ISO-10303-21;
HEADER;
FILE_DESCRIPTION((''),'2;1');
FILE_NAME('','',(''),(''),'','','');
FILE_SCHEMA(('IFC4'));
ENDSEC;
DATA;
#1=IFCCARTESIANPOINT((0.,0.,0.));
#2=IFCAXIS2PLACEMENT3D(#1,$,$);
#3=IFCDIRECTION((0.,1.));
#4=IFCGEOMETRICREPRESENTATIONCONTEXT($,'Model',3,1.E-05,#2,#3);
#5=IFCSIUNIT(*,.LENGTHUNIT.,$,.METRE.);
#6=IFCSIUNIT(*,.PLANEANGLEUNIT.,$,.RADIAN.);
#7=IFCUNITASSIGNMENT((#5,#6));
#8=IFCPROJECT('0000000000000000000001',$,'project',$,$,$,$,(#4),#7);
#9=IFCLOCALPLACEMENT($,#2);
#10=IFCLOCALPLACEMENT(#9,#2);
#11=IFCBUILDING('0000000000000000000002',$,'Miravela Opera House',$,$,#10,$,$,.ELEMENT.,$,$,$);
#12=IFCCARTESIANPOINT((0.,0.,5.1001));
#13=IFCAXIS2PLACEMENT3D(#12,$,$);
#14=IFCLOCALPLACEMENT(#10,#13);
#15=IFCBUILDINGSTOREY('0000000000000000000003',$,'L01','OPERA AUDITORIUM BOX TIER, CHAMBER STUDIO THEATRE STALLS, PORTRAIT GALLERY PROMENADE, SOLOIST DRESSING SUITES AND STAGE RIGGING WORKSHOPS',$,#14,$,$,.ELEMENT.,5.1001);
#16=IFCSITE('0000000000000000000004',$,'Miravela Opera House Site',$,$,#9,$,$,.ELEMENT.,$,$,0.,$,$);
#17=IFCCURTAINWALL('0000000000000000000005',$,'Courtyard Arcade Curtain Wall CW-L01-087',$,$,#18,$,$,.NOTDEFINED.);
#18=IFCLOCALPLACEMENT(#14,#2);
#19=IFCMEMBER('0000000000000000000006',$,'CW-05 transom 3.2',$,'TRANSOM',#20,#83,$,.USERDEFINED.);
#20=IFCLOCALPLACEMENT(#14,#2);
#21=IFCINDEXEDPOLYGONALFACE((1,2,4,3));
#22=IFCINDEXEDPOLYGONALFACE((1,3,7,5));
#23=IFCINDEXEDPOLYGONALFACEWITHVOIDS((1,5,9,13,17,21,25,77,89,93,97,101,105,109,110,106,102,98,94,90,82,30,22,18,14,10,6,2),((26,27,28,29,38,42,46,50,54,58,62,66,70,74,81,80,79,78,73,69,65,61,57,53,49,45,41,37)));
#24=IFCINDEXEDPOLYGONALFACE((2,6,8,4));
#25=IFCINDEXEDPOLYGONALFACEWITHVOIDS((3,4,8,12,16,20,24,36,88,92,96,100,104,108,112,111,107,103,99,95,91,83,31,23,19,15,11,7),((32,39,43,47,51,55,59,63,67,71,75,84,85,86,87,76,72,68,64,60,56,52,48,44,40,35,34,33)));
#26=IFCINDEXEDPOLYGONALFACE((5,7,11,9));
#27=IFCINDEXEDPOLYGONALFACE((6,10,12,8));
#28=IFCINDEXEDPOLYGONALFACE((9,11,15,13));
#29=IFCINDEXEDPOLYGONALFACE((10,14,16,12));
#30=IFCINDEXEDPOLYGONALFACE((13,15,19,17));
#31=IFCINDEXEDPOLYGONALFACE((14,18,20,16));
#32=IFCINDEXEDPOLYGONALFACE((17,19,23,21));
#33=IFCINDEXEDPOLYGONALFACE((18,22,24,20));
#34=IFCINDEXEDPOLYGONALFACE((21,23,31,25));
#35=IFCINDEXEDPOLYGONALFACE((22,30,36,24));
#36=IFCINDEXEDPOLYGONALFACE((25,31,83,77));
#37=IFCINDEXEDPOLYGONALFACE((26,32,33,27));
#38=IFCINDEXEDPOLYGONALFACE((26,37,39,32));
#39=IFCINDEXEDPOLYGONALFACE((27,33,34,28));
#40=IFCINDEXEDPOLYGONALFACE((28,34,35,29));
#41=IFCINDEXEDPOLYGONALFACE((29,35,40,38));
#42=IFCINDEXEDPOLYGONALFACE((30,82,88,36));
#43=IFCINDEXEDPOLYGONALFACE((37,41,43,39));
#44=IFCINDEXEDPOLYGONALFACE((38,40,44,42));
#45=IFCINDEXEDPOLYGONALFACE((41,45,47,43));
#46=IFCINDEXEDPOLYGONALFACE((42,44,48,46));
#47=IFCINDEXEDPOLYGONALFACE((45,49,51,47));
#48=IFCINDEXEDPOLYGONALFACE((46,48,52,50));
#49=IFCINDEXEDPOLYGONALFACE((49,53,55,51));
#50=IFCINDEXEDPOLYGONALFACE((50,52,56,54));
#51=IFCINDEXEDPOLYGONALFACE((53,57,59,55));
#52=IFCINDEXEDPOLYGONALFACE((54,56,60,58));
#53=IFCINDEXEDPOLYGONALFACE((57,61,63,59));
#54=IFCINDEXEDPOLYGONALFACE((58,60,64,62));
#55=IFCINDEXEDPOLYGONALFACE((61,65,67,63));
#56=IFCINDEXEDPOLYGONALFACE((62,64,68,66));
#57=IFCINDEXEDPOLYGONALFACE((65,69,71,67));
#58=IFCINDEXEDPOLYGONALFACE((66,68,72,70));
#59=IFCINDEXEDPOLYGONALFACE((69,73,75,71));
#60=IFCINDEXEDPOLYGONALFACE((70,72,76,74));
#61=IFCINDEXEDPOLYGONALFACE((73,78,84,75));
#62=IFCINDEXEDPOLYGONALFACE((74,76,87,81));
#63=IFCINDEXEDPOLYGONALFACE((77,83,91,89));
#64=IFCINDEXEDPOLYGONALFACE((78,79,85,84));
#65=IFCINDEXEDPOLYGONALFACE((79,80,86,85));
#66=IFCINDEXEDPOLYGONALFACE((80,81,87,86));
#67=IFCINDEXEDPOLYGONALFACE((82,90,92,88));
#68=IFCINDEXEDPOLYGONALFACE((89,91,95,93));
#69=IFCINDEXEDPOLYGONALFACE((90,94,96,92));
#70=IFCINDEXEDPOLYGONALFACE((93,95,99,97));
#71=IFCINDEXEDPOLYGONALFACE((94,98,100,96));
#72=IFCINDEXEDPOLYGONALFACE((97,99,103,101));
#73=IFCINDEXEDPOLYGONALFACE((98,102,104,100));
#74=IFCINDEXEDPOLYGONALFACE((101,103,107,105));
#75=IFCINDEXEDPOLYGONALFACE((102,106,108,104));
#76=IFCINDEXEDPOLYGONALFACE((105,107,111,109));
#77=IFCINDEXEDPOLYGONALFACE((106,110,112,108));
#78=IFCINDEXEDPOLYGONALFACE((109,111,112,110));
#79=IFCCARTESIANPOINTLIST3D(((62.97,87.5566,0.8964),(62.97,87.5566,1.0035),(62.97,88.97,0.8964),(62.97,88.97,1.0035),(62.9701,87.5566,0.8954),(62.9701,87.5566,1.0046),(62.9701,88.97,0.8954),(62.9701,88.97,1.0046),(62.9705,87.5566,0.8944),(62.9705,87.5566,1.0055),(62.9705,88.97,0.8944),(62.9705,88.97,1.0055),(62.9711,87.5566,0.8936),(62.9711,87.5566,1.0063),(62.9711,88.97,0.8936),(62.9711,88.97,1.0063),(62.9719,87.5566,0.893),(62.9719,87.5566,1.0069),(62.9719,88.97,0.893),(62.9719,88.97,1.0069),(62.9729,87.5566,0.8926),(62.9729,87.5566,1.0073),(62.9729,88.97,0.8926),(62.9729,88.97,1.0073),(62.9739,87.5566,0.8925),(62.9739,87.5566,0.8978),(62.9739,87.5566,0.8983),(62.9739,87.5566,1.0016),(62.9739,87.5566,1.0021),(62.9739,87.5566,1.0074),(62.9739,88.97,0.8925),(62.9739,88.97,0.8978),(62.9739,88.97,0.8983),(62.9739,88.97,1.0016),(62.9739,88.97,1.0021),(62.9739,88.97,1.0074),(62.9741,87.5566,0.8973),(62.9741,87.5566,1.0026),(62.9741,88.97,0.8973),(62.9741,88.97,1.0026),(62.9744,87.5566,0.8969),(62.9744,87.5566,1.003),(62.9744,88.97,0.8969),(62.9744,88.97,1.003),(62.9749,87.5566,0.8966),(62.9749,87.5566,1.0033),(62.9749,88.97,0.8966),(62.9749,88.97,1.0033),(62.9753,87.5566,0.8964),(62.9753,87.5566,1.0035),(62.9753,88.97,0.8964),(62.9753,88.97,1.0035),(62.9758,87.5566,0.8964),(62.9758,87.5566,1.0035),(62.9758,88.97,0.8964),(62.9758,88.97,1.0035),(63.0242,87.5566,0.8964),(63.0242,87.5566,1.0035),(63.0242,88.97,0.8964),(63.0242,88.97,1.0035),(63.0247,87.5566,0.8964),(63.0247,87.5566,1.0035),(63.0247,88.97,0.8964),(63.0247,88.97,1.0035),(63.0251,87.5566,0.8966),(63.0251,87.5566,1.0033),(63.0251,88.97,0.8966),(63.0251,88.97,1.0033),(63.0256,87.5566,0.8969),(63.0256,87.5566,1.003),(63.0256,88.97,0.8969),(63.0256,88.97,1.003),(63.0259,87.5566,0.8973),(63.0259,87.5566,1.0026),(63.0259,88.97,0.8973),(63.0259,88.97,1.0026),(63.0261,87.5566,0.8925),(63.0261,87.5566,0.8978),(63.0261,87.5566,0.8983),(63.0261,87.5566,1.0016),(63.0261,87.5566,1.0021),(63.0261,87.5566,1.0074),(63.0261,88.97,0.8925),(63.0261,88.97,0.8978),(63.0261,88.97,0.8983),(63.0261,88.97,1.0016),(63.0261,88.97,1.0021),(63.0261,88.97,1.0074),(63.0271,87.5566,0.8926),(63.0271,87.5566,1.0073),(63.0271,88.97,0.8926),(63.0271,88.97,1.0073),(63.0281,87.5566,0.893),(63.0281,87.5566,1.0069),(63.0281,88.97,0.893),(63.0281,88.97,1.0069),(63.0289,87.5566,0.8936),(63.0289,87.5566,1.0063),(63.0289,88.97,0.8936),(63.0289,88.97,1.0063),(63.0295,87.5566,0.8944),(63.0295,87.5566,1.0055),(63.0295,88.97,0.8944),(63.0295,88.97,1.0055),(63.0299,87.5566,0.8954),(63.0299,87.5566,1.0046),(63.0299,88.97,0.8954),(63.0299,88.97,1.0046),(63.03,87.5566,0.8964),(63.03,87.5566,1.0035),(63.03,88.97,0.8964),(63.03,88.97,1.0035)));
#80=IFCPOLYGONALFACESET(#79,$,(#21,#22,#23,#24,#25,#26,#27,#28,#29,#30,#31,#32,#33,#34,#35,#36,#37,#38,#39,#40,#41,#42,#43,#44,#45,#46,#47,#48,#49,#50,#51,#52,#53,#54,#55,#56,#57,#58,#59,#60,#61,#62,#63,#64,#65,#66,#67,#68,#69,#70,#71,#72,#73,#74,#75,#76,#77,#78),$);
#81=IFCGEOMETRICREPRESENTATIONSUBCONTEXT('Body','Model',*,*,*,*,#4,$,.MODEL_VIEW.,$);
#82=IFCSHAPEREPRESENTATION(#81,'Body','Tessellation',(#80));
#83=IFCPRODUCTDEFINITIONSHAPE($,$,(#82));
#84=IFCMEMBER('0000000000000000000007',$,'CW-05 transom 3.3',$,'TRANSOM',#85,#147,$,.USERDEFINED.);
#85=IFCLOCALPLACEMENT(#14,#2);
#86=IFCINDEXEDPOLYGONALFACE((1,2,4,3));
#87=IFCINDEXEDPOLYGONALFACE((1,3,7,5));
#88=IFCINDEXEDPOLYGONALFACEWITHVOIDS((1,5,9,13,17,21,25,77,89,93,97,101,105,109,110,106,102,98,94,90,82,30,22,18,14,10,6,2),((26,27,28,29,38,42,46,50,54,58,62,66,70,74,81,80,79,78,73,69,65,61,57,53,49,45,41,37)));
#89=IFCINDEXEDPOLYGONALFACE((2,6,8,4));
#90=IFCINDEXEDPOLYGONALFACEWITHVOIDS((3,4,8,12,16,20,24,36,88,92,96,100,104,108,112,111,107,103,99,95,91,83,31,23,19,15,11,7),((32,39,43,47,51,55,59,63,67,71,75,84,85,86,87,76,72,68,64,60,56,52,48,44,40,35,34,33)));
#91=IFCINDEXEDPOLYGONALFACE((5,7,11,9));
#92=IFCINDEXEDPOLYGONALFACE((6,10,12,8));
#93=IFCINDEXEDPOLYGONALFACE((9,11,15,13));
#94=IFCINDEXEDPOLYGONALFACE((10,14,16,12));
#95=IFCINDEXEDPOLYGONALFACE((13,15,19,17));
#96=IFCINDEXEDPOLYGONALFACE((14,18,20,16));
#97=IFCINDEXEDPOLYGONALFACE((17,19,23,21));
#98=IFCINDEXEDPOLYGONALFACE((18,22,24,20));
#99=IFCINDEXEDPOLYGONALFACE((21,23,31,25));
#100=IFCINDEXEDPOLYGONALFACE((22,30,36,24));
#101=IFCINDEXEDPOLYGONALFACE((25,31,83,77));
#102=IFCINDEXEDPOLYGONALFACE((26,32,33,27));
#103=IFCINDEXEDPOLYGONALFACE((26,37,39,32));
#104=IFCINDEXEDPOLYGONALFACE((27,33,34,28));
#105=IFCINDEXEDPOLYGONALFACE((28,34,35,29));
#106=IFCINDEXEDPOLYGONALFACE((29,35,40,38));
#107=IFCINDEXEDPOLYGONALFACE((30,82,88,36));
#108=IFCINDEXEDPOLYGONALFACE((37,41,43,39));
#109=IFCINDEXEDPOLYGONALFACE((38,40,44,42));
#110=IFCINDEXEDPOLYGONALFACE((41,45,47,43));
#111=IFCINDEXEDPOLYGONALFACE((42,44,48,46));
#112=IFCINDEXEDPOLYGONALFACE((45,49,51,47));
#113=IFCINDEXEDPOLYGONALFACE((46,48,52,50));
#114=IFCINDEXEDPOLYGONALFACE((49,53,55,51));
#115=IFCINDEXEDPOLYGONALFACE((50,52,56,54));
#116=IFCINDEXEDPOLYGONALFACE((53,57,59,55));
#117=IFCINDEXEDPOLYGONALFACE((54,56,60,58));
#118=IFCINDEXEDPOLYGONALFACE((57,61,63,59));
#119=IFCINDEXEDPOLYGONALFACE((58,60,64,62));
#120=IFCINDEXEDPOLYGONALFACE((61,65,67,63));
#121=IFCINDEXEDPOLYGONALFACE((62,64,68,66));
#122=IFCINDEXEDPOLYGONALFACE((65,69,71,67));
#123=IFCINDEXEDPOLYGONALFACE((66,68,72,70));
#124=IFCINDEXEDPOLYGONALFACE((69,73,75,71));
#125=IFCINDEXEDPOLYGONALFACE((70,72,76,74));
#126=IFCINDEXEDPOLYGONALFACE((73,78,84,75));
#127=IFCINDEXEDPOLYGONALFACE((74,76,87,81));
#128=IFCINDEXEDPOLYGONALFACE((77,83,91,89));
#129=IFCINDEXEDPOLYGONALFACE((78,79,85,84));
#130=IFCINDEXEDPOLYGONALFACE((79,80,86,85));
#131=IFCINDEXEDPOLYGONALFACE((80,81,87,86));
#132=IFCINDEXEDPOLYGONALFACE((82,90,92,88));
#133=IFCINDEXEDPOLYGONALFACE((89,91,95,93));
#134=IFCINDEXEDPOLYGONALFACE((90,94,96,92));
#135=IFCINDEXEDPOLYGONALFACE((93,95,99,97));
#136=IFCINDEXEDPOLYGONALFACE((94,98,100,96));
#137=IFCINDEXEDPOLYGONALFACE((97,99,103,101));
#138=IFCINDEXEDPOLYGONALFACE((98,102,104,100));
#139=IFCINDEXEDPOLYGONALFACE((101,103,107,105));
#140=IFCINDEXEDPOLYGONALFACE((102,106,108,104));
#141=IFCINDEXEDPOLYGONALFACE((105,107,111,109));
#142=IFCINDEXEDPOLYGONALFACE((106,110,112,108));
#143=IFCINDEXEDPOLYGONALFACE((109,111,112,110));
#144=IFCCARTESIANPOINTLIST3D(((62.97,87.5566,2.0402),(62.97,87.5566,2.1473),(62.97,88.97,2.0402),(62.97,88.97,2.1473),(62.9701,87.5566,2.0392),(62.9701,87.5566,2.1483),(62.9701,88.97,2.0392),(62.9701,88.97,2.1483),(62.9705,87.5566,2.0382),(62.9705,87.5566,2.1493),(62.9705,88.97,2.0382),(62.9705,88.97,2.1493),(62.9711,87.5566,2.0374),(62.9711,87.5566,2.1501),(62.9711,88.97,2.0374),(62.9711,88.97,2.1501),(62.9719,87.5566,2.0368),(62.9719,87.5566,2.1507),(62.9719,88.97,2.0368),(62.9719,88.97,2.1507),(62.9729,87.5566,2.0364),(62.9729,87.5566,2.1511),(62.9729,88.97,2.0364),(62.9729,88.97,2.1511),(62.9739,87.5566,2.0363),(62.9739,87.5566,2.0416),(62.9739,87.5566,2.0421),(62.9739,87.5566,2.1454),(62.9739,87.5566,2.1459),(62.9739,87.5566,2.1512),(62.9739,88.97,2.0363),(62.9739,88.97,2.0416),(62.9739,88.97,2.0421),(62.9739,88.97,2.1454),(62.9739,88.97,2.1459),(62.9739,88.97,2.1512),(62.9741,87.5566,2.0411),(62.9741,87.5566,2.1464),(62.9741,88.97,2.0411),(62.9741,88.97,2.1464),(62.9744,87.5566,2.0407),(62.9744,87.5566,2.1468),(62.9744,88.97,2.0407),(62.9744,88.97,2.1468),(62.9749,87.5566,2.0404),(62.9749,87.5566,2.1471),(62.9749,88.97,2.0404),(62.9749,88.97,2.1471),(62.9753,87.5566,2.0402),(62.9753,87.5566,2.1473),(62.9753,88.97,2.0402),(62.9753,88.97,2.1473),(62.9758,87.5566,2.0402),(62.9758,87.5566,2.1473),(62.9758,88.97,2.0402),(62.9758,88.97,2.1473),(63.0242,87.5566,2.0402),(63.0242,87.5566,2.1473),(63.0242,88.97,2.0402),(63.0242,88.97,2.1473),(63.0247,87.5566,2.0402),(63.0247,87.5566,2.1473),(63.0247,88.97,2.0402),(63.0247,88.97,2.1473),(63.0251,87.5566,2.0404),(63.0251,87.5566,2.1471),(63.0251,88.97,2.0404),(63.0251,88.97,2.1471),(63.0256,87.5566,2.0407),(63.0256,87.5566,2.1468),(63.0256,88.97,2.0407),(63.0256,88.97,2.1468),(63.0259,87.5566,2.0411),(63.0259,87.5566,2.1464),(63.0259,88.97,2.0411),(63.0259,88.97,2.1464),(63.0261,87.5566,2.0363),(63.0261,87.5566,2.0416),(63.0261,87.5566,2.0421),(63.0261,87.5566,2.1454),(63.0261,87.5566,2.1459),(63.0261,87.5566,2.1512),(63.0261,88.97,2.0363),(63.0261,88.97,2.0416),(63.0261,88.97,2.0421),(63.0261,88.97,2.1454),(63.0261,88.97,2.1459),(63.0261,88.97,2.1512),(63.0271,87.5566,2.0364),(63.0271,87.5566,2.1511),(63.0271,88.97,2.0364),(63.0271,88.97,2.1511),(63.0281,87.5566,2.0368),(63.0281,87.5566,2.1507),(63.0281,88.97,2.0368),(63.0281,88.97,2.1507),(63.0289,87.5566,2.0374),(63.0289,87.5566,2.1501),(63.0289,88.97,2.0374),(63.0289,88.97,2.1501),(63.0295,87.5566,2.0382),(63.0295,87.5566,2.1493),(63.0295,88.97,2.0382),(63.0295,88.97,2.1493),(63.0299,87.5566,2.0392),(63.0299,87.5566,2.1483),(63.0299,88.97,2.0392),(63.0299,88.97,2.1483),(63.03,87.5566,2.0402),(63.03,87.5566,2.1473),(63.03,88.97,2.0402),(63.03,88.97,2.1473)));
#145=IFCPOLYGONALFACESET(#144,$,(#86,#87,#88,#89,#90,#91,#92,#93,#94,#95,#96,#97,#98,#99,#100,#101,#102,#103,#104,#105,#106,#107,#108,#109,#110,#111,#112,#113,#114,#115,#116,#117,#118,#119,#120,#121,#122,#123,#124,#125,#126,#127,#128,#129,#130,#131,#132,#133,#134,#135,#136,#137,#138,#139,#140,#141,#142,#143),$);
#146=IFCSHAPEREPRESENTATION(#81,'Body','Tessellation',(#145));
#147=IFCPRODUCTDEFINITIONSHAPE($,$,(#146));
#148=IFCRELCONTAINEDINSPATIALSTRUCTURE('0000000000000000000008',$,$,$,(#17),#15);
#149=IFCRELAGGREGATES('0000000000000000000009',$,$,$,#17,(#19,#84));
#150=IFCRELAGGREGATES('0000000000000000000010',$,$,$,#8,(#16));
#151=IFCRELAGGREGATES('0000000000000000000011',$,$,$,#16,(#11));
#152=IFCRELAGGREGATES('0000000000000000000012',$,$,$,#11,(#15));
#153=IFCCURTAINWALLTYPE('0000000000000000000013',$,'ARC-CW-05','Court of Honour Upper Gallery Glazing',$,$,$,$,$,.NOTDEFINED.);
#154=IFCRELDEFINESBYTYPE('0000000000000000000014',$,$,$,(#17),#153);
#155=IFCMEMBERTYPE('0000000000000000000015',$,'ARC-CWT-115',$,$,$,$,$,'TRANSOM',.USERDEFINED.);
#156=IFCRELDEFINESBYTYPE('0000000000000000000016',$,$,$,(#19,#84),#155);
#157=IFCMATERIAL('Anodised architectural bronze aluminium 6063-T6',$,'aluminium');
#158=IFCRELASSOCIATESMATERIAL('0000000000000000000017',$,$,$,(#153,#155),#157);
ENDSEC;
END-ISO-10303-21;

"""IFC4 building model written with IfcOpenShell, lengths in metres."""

from ifc_helpers import new_model, si_unit, direction, frame, origin, origin_2d, place, context, subcontext, project, spatial, hollow_rectangle, extrude, material, material_profile, profile_set, type_object, element, aggregate, save


model = new_model("IFC4")

# Units and contexts
model_context = context("Model", 3, precision=1e-05, world=origin(), true_north=direction((0.0, 1.0)))
body_context = subcontext(model_context, "Body", "Model", "MODEL_VIEW")
ifc_project = project(units=[si_unit("LENGTHUNIT", "METRE"), si_unit("PLANEANGLEUNIT", "RADIAN")], contexts=[model_context])

# Site, building, storey
site_placement = place(None, origin())
site = spatial("IfcSite", under=ifc_project, at=site_placement, Name="Miravela Opera House Site", CompositionType="ELEMENT", RefElevation=0.0)
building_placement = place(site_placement, origin())
building = spatial("IfcBuilding", under=site, at=building_placement, Name="Miravela Opera House", CompositionType="ELEMENT")
storey_placement = place(building_placement, frame((0.0, 0.0, 5.1001)))
storey = spatial("IfcBuildingStorey", under=building, at=storey_placement, Name="L01", Description="OPERA AUDITORIUM BOX TIER, CHAMBER STUDIO THEATRE STALLS, PORTRAIT GALLERY PROMENADE, SOLOIST DRESSING SUITES AND STAGE RIGGING WORKSHOPS", CompositionType="ELEMENT", Elevation=5.1001)

# Curtain wall, members
ifc_material_1 = material(Name="Anodised architectural bronze aluminium 6063-T6", Category="aluminium")
curtain_wall_type = type_object("IfcCurtainWallType", Name="ARC-CW-05", Description="Court of Honour Upper Gallery Glazing", PredefinedType="NOTDEFINED", material=ifc_material_1)
curtain_wall_placement = place(storey_placement, origin())
curtain_wall = element("IfcCurtainWall", 1, at=curtain_wall_placement, inside=storey, type_object=curtain_wall_type, Name="Courtyard Arcade Curtain Wall CW-L01-087", PredefinedType="NOTDEFINED")
ifc_material_profile_1 = material_profile(ifc_material_1, hollow_rectangle(XDim=0.0601, YDim=0.115, WallThickness=0.0039, InnerFilletRadius=0.002, OuterFilletRadius=0.0039, at=origin_2d()), Name="CWT-60X115")
ifc_profile_set_1 = profile_set([ifc_material_profile_1])
member_type_1 = type_object("IfcMemberType", Name="ARC-CWT-115", ElementType="TRANSOM", PredefinedType="USERDEFINED", material=ifc_profile_set_1)
member_1_placement = place(storey_placement, frame((63.0, 87.5566, 0.95), z_axis=(0.0, 1.0, 0.0), x_axis=(-1.0, 0.0, 0.0)))
member_1 = element("IfcMember", 2, at=member_1_placement, type_object=member_type_1, Name="CW-05 transom 3.2", ObjectType="TRANSOM", PredefinedType="USERDEFINED", context=body_context, shape_type="SweptSolid", body=[
    extrude(hollow_rectangle(XDim=0.0601, YDim=0.115, WallThickness=0.0039, InnerFilletRadius=0.002, OuterFilletRadius=0.0039, at=origin_2d()), origin(), (0.0, 0.0, 1.0), 1.4133),
])
member_2_placement = place(storey_placement, frame((63.0, 87.5566, 2.0938), z_axis=(0.0, 1.0, 0.0), x_axis=(-1.0, 0.0, 0.0)))
member_2 = element("IfcMember", 3, at=member_2_placement, type_object=member_type_1, Name="CW-05 transom 3.3", ObjectType="TRANSOM", PredefinedType="USERDEFINED", context=body_context, shape_type="SweptSolid", body=[
    extrude(hollow_rectangle(XDim=0.0601, YDim=0.115, WallThickness=0.0039, InnerFilletRadius=0.002, OuterFilletRadius=0.0039, at=origin_2d()), origin(), (0.0, 0.0, 1.0), 1.4133),
])
aggregate(curtain_wall, [member_1, member_2])

save(model, "model.ifc")
